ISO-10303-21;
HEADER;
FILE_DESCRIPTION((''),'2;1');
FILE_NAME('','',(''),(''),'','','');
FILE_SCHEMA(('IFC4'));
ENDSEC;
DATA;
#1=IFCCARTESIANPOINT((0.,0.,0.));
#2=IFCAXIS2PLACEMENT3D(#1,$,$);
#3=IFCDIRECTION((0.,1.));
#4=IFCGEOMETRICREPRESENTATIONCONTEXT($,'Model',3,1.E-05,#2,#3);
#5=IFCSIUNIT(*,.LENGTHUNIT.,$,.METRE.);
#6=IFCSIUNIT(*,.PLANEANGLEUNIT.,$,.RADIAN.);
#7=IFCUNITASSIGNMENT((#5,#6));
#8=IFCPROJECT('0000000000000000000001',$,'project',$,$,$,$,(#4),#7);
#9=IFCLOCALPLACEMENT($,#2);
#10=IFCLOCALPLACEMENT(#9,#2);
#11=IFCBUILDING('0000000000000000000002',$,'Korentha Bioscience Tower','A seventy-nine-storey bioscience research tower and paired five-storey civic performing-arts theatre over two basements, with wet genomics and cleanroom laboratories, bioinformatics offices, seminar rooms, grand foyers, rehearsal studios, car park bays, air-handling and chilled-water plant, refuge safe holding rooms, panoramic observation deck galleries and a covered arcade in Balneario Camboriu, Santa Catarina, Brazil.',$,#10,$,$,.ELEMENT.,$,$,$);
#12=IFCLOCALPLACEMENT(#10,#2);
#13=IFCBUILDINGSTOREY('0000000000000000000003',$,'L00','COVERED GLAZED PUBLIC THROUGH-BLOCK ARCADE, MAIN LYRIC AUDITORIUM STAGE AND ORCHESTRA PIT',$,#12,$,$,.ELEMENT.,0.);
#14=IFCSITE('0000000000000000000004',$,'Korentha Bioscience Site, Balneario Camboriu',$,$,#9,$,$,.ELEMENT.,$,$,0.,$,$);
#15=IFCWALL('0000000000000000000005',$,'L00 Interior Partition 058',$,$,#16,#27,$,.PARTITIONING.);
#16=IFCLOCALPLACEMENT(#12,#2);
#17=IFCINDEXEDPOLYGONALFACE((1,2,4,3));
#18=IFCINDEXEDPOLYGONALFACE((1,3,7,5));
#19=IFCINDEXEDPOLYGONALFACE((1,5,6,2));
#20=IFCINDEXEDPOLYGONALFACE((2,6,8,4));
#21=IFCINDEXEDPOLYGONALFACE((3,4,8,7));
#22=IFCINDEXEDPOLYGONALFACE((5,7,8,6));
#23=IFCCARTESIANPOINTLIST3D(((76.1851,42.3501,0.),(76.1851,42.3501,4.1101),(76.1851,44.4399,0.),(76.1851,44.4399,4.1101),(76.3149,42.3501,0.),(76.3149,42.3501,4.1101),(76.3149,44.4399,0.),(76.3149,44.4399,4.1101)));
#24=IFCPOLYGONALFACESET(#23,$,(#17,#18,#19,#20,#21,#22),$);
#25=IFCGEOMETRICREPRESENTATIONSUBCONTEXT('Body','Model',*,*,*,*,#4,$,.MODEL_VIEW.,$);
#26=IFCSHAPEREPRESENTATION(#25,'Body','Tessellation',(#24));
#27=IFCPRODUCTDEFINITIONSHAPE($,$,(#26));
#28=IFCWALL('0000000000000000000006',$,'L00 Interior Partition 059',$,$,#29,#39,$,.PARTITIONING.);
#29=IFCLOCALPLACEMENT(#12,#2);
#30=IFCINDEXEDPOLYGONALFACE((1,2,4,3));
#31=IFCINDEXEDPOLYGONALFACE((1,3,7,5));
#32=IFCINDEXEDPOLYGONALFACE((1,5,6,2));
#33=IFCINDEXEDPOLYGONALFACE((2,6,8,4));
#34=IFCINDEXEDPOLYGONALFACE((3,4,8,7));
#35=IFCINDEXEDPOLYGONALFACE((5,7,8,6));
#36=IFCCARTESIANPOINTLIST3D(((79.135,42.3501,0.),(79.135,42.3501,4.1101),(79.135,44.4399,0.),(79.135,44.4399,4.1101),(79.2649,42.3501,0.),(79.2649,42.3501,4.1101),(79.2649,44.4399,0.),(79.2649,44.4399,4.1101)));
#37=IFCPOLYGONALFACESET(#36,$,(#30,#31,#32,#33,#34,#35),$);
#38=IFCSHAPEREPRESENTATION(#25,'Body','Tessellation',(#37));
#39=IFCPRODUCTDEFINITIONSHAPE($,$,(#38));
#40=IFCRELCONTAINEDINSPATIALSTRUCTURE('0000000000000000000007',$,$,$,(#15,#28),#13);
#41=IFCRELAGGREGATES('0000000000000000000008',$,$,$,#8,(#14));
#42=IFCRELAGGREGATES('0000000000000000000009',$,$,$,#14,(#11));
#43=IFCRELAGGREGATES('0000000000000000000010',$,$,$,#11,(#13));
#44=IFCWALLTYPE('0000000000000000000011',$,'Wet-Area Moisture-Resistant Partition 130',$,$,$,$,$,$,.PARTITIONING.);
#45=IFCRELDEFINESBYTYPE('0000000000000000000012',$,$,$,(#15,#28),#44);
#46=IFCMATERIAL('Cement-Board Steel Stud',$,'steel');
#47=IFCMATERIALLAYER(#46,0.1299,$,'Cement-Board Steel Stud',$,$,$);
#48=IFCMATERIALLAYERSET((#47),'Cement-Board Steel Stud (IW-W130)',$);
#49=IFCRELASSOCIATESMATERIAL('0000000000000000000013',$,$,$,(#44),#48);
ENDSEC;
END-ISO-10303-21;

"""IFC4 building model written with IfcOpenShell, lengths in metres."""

from ifc_helpers import new_model, si_unit, direction, frame, frame_2d, origin, place, context, subcontext, project, spatial, rectangle, extrude, material, layer, layer_set, type_object, element, save


model = new_model("IFC4")

# Units and contexts
model_context = context("Model", 3, precision=1e-05, world=origin(), true_north=direction((0.0, 1.0)))
body_context = subcontext(model_context, "Body", "Model", "MODEL_VIEW")
ifc_project = project(units=[si_unit("LENGTHUNIT", "METRE"), si_unit("PLANEANGLEUNIT", "RADIAN")], contexts=[model_context])

# Site, building, storey
site_placement = place(None, origin())
site = spatial("IfcSite", under=ifc_project, at=site_placement, Name="Korentha Bioscience Site, Balneario Camboriu", CompositionType="ELEMENT", RefElevation=0.0)
building_placement = place(site_placement, origin())
building = spatial("IfcBuilding", under=site, at=building_placement, Name="Korentha Bioscience Tower", Description="A seventy-nine-storey bioscience research tower and paired five-storey civic performing-arts theatre over two basements, with wet genomics and cleanroom laboratories, bioinformatics offices, seminar rooms, grand foyers, rehearsal studios, car park bays, air-handling and chilled-water plant, refuge safe holding rooms, panoramic observation deck galleries and a covered arcade in Balneario Camboriu, Santa Catarina, Brazil.", CompositionType="ELEMENT")
storey_placement = place(building_placement, origin())
storey = spatial("IfcBuildingStorey", under=building, at=storey_placement, Name="L00", Description="COVERED GLAZED PUBLIC THROUGH-BLOCK ARCADE, MAIN LYRIC AUDITORIUM STAGE AND ORCHESTRA PIT", CompositionType="ELEMENT", Elevation=0.0)

# Shared definitions
ifc_material_1 = material(Name="Cement-Board Steel Stud", Category="steel")
ifc_layer_1 = layer(ifc_material_1, 0.1299, Name="Cement-Board Steel Stud")
ifc_layer_set_1 = layer_set([ifc_layer_1], Name="Cement-Board Steel Stud (IW-W130)")
wall_type_1 = type_object("IfcWallType", Name="Wet-Area Moisture-Resistant Partition 130", PredefinedType="PARTITIONING", material=ifc_layer_set_1)

# Walls
for number, where, z_axis, x_axis, name in (
    (1, (76.25, 42.3501, 0.0), (0.0, 0.0, 1.0), (0.0, 1.0, 0.0), "L00 Interior Partition 058"),
    (2, (79.2, 44.4399, 0.0), (0.0, 0.0, 1.0), (0.0, -1.0, 0.0), "L00 Interior Partition 059"),
):
    element("IfcWall", number, at=place(storey_placement, frame(where, z_axis=z_axis, x_axis=x_axis)), inside=storey, type_object=wall_type_1, Name=name, PredefinedType="PARTITIONING", context=body_context, shape_type="SweptSolid", body=[
        extrude(rectangle(XDim=2.0898, YDim=0.1299, at=frame_2d((1.0449, 0.0))), origin(), (0.0, 0.0, 1.0), 4.1101),
    ])

save(model, "model.ifc")
